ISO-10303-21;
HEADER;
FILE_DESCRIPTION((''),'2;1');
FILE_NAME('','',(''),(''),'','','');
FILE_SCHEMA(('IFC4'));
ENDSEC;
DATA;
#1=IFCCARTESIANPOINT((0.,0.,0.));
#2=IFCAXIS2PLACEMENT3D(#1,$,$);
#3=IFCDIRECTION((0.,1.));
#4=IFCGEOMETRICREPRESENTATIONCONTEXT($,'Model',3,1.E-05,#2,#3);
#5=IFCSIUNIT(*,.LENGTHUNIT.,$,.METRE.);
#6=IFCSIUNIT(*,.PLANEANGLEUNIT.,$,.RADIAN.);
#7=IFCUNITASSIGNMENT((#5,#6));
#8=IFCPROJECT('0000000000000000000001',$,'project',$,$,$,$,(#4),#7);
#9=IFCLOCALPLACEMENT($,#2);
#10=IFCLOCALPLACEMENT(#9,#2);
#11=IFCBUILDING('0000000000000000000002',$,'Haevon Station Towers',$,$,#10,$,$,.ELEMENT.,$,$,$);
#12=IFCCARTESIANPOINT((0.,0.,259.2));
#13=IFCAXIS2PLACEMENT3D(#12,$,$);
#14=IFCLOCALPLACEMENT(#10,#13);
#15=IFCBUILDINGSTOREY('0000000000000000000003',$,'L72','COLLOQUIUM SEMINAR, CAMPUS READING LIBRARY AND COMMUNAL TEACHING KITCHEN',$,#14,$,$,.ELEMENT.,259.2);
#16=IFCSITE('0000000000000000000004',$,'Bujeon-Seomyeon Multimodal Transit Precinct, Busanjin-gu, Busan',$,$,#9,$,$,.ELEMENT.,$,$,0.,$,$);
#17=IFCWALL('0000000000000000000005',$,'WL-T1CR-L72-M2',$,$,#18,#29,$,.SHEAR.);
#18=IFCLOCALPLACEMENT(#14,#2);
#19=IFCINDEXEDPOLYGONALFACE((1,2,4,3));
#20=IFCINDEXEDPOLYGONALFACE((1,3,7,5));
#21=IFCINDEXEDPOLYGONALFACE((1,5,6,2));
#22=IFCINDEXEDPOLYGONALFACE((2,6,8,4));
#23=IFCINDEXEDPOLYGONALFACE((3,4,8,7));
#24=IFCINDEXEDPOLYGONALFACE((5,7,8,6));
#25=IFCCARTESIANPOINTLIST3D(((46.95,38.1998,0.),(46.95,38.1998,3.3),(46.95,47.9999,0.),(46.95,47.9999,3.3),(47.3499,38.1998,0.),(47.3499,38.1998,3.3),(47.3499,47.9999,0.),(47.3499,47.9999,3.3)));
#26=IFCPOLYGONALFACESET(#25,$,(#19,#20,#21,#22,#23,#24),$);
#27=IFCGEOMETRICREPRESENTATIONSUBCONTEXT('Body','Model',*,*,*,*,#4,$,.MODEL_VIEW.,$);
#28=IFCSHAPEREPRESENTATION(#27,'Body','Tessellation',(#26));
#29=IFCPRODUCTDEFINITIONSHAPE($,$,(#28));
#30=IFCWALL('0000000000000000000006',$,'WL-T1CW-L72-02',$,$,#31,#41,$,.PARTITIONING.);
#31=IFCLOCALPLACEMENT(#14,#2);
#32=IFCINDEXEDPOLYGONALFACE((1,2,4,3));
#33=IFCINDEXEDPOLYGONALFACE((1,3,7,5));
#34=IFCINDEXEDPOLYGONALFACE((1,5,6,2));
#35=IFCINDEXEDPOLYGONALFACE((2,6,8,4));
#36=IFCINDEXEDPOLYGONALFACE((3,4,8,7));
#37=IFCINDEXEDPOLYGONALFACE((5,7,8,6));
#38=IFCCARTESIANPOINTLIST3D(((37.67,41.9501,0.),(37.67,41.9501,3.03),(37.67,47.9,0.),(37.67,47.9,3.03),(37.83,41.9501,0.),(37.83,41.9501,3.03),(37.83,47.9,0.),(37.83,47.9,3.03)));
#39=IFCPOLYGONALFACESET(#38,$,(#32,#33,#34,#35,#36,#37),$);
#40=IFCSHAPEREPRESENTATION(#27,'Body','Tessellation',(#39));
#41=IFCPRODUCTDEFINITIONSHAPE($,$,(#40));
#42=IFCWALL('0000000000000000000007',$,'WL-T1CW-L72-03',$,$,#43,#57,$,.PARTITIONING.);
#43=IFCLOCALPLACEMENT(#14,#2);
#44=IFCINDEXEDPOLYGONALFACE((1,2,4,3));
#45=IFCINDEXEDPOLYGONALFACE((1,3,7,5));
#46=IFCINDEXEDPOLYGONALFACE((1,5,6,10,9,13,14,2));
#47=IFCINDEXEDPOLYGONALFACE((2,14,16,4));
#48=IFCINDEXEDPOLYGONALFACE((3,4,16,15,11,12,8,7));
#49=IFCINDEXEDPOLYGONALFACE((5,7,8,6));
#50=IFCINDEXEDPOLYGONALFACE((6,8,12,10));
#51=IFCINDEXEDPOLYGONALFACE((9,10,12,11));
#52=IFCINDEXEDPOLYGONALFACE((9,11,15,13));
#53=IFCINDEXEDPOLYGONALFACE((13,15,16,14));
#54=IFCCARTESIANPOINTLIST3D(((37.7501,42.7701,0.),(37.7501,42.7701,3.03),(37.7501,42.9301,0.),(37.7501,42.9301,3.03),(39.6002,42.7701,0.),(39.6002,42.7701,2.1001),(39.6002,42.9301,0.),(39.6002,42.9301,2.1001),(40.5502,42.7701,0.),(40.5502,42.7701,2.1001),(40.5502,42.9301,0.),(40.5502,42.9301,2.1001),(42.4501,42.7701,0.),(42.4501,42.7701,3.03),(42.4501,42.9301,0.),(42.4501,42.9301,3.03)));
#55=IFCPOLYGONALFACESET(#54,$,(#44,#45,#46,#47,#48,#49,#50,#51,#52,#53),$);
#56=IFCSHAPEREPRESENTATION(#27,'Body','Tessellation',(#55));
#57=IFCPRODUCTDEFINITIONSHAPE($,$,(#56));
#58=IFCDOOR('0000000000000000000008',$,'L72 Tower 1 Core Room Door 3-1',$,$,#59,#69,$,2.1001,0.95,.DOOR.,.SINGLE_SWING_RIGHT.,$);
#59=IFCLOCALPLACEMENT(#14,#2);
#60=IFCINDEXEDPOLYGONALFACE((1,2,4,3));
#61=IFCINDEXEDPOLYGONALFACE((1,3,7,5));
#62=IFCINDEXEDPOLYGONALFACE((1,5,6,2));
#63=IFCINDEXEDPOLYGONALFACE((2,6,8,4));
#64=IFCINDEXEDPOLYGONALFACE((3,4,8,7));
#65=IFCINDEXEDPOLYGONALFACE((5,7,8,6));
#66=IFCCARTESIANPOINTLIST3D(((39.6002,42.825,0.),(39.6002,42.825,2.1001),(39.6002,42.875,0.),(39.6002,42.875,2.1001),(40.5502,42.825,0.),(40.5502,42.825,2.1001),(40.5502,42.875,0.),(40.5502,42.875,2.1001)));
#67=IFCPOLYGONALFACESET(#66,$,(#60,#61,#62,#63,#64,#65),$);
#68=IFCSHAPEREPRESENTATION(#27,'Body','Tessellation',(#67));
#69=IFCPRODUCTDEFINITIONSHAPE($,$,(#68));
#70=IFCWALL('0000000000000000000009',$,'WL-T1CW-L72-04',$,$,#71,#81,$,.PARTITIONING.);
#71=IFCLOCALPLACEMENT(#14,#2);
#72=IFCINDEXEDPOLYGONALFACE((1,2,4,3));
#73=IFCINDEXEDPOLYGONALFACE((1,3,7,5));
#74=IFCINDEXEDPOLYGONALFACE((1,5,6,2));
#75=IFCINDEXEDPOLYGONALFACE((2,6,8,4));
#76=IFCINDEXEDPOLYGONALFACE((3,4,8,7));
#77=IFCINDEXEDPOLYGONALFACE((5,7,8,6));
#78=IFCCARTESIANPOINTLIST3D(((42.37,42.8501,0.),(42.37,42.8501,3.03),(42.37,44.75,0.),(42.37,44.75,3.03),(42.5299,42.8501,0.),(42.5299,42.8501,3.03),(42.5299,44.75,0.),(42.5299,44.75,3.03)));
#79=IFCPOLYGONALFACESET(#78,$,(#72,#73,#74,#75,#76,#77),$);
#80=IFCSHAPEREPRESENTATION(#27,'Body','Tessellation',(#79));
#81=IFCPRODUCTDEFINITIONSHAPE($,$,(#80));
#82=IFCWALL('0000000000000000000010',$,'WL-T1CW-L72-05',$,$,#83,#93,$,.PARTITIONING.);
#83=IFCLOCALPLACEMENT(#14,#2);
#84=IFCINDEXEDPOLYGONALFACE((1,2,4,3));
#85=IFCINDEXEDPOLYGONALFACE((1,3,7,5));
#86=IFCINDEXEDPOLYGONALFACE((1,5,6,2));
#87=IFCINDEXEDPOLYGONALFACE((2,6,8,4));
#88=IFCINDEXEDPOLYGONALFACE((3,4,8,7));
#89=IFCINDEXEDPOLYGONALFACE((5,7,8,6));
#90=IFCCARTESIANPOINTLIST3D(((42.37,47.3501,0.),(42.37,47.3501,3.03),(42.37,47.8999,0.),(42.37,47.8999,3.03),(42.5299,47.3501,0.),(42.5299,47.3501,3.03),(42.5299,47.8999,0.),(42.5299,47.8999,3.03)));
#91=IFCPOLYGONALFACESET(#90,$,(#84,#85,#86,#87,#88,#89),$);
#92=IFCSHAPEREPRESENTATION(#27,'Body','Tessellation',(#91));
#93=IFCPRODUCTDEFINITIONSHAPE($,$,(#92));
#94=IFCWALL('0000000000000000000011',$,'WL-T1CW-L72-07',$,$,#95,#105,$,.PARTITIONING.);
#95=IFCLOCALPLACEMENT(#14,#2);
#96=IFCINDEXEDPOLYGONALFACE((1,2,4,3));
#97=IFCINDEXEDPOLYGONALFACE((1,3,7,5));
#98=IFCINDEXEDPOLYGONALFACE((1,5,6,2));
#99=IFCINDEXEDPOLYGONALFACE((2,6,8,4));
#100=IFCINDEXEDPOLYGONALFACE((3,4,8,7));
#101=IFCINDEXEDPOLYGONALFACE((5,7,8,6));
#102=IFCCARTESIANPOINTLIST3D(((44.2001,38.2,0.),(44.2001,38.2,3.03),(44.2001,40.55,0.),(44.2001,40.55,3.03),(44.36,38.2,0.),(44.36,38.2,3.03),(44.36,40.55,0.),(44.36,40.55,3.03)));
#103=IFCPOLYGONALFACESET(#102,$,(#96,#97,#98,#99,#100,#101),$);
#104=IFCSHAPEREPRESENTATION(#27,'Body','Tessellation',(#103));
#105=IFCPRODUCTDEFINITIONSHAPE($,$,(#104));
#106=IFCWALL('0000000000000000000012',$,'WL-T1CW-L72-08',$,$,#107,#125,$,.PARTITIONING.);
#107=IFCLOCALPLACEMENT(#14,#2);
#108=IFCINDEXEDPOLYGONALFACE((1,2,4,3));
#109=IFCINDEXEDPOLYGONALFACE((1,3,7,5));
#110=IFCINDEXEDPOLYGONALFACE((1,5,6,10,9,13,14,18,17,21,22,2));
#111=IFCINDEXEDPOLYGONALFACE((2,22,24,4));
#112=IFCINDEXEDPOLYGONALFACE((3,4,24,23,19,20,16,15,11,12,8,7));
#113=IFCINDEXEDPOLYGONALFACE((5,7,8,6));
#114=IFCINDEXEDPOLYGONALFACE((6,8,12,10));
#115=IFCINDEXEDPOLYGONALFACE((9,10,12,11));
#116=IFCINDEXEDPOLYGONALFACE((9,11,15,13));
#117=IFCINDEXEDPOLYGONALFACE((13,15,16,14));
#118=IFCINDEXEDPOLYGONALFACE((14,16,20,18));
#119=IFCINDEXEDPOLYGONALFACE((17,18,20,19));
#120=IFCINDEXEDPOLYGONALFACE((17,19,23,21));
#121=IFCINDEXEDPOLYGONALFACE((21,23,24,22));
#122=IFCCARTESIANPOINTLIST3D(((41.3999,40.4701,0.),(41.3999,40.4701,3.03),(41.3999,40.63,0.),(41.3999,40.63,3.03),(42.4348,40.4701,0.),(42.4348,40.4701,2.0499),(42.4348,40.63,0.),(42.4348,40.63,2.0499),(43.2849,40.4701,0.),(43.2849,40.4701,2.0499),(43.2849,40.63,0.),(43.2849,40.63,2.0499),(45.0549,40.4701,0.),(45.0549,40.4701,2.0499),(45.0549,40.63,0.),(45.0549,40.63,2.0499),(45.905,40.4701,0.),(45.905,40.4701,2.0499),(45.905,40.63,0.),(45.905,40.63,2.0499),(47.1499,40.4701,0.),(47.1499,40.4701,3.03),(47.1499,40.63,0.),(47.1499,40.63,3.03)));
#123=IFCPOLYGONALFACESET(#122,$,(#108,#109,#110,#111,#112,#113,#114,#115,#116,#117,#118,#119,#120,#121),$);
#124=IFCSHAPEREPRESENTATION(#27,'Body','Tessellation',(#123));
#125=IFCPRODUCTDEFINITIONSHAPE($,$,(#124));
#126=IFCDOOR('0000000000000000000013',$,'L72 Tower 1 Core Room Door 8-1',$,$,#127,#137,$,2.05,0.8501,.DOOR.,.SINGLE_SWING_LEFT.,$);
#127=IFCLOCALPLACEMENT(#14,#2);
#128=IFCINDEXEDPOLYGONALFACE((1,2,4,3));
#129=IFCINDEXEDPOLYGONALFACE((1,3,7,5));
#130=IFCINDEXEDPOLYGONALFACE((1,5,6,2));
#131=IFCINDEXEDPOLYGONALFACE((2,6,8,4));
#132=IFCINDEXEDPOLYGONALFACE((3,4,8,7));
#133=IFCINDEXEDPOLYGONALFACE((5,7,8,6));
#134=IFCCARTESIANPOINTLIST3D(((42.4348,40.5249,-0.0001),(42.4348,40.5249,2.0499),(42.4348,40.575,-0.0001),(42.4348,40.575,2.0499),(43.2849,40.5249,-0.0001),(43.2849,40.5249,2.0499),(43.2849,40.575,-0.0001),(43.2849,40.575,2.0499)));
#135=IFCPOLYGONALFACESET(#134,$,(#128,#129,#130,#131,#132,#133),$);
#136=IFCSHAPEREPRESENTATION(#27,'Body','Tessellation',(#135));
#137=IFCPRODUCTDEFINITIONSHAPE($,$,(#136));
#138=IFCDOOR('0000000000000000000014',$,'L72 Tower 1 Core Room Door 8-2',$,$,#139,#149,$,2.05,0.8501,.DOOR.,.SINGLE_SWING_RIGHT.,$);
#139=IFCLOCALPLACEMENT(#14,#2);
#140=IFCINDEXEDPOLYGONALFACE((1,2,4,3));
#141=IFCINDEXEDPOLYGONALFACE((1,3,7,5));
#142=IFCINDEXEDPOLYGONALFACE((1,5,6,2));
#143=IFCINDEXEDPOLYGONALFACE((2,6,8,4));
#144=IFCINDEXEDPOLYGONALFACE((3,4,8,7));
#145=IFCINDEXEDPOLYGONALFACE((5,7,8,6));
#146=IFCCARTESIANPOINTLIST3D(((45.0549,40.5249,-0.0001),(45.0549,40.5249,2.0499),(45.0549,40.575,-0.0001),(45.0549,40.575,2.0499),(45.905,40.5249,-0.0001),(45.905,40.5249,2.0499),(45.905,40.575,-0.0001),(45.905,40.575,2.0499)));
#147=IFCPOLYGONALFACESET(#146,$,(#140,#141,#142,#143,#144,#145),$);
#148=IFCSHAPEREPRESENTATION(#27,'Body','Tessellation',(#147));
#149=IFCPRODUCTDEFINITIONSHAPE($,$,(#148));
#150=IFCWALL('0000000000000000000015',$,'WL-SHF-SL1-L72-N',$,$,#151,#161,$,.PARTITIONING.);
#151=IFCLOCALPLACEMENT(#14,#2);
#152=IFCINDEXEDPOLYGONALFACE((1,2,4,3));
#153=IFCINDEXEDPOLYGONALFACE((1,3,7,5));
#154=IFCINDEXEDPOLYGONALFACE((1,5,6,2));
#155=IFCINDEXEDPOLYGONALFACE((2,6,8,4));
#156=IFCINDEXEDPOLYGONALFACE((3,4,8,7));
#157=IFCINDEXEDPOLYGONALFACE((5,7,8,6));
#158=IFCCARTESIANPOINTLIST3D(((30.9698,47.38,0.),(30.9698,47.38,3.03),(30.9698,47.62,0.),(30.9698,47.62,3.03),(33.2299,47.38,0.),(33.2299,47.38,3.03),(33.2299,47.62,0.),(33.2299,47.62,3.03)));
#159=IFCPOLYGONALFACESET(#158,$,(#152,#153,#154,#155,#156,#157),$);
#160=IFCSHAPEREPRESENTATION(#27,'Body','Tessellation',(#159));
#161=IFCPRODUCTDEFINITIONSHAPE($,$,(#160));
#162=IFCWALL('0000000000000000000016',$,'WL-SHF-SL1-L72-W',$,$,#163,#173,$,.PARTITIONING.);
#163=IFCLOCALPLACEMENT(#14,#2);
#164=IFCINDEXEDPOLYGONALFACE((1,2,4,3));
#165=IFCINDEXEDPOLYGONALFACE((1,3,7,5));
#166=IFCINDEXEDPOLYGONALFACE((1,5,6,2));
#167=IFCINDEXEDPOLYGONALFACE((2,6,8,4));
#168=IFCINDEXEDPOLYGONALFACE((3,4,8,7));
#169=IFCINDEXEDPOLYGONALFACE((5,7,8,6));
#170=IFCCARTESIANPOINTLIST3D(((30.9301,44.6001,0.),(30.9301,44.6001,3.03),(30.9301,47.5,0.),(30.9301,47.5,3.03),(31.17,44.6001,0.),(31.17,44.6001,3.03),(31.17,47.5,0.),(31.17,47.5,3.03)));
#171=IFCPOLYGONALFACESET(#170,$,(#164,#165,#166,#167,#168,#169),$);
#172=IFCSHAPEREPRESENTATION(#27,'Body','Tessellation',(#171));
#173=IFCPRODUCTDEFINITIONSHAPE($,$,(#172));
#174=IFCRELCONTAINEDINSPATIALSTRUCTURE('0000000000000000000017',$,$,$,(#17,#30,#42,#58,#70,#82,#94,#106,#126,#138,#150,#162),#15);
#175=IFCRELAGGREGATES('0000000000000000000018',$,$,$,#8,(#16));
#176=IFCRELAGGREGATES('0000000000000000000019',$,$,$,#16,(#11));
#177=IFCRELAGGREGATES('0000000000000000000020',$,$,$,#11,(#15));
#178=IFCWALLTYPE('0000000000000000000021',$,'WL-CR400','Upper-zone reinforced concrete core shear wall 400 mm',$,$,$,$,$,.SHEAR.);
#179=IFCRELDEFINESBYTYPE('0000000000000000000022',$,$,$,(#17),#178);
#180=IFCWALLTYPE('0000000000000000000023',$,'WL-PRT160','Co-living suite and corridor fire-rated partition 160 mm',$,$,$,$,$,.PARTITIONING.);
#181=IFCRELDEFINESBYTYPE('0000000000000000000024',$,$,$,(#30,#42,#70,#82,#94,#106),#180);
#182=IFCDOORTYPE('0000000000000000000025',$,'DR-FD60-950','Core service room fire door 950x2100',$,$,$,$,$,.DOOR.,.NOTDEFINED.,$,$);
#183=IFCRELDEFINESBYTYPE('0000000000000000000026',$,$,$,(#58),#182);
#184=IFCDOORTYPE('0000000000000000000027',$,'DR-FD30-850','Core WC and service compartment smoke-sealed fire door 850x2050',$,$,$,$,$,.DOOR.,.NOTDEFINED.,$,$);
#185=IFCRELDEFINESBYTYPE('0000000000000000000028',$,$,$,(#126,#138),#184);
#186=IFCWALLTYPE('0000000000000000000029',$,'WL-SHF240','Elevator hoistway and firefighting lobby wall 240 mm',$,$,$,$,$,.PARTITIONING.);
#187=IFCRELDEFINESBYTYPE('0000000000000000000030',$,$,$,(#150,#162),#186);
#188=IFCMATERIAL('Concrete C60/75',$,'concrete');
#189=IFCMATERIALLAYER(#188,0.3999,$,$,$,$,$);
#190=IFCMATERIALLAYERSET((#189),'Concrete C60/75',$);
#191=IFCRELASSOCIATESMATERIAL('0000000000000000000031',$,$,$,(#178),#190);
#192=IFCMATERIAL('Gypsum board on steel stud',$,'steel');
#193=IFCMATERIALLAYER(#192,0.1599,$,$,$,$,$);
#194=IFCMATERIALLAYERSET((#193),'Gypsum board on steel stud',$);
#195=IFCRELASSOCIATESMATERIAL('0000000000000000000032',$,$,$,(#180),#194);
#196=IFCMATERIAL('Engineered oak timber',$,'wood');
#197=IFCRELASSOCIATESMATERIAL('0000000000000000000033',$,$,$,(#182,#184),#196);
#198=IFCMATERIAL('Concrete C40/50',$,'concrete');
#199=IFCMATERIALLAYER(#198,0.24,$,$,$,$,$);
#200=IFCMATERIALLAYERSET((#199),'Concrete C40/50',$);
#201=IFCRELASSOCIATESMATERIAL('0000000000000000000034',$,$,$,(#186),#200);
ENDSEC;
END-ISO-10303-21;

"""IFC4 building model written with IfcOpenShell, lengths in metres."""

from ifc_helpers import new_model, si_unit, direction, frame, frame_2d, origin, place, context, subcontext, project, spatial, rectangle, extrude, material, layer, layer_set, type_object, element, fill, save


model = new_model("IFC4")

# Units and contexts
model_context = context("Model", 3, precision=1e-05, world=origin(), true_north=direction((0.0, 1.0)))
body_context = subcontext(model_context, "Body", "Model", "MODEL_VIEW")
ifc_project = project(units=[si_unit("LENGTHUNIT", "METRE"), si_unit("PLANEANGLEUNIT", "RADIAN")], contexts=[model_context])

# Site, building, storey
site_placement = place(None, origin())
site = spatial("IfcSite", under=ifc_project, at=site_placement, Name="Bujeon-Seomyeon Multimodal Transit Precinct, Busanjin-gu, Busan", CompositionType="ELEMENT", RefElevation=0.0)
building_placement = place(site_placement, origin())
building = spatial("IfcBuilding", under=site, at=building_placement, Name="Haevon Station Towers", CompositionType="ELEMENT")
storey_placement = place(building_placement, frame((0.0, 0.0, 259.2)))
storey = spatial("IfcBuildingStorey", under=building, at=storey_placement, Name="L72", Description="COLLOQUIUM SEMINAR, CAMPUS READING LIBRARY AND COMMUNAL TEACHING KITCHEN", CompositionType="ELEMENT", Elevation=259.2)

# Shared definitions
ifc_material_1 = material(Name="Gypsum board on steel stud", Category="steel")
ifc_material_2 = material(Name="Engineered oak timber", Category="wood")

# Walls
ifc_material_3 = material(Name="Concrete C60/75", Category="concrete")
ifc_layer_1 = layer(ifc_material_3, 0.3999)
ifc_layer_set_1 = layer_set([ifc_layer_1], Name="Concrete C60/75")
wall_type_1 = type_object("IfcWallType", Name="WL-CR400", Description="Upper-zone reinforced concrete core shear wall 400 mm", PredefinedType="SHEAR", material=ifc_layer_set_1)
wall_1_placement = place(storey_placement, frame((47.1499, 38.2, 0.0), z_axis=(0.0, 0.0, 1.0), x_axis=(0.0, 1.0, 0.0)))
element("IfcWall", 1, at=wall_1_placement, inside=storey, type_object=wall_type_1, Name="WL-T1CR-L72-M2", PredefinedType="SHEAR", context=body_context, shape_type="SweptSolid", body=[
    extrude(rectangle(XDim=9.8, YDim=0.3999, at=frame_2d((4.8999, 0.0))), origin(), (0.0, 0.0, 1.0), 3.3),
])
ifc_layer_2 = layer(ifc_material_1, 0.1599)
ifc_layer_set_2 = layer_set([ifc_layer_2], Name="Gypsum board on steel stud")
wall_type_2 = type_object("IfcWallType", Name="WL-PRT160", Description="Co-living suite and corridor fire-rated partition 160 mm", PredefinedType="PARTITIONING", material=ifc_layer_set_2)
wall_2_placement = place(storey_placement, frame((37.75, 41.95, 0.0), z_axis=(0.0, 0.0, 1.0), x_axis=(0.0, 1.0, 0.0)))
element("IfcWall", 2, at=wall_2_placement, inside=storey, type_object=wall_type_2, Name="WL-T1CW-L72-02", PredefinedType="PARTITIONING", context=body_context, shape_type="SweptSolid", body=[
    extrude(rectangle(XDim=5.95, YDim=0.1599, at=frame_2d((2.9751, 0.0))), origin(), (0.0, 0.0, 1.0), 3.03),
])

# Wall, opening, door
wall_3_placement = place(storey_placement, frame((37.75, 42.8501, 0.0), z_axis=(0.0, 0.0, 1.0), x_axis=(1.0, 0.0, 0.0)))
wall_3 = element("IfcWall", 3, at=wall_3_placement, inside=storey, type_object=wall_type_2, Name="WL-T1CW-L72-03", PredefinedType="PARTITIONING", context=body_context, shape_type="SweptSolid", body=[
    extrude(rectangle(XDim=4.7, YDim=0.1599, at=frame_2d((2.3501, 0.0))), origin(), (0.0, 0.0, 1.0), 3.03),
])
opening_1_placement = place(wall_3_placement, frame((1.8501, 0.0, 0.0)))
opening_1 = element("IfcOpeningElement", 4, at=opening_1_placement, cuts=wall_3, PredefinedType="OPENING", context=body_context, shape_type="SweptSolid", body=[
    extrude(rectangle(XDim=0.95, YDim=2.1001, at=frame_2d((0.4751, 1.05))), frame((0.0, 0.0898, 0.0), z_axis=(0.0, -1.0, 0.0), x_axis=(1.0, 0.0, 0.0)), (0.0, 0.0, 1.0), 0.1799),
])
door_type_1 = type_object("IfcDoorType", Name="DR-FD60-950", Description="Core service room fire door 950x2100", OperationType="NOTDEFINED", PredefinedType="DOOR", material=ifc_material_2)
door_1_placement = place(opening_1_placement, origin())
door_1 = element("IfcDoor", 5, at=door_1_placement, inside=storey, type_object=door_type_1, Name="L72 Tower 1 Core Room Door 3-1", OperationType="SINGLE_SWING_RIGHT", OverallHeight=2.1001, OverallWidth=0.95, PredefinedType="DOOR", context=body_context, shape_type="SweptSolid", body=[
    extrude(rectangle(XDim=0.95, YDim=2.1001, at=frame_2d((0.4751, 1.05))), frame((0.0, 0.0249, 0.0), z_axis=(0.0, -1.0, 0.0), x_axis=(1.0, 0.0, 0.0)), (0.0, 0.0, 1.0), 0.05),
])
fill(opening_1, door_1)

# Walls
wall_4_placement = place(storey_placement, frame((42.45, 42.8501, 0.0), z_axis=(0.0, 0.0, 1.0), x_axis=(0.0, 1.0, 0.0)))
element("IfcWall", 6, at=wall_4_placement, inside=storey, type_object=wall_type_2, Name="WL-T1CW-L72-04", PredefinedType="PARTITIONING", context=body_context, shape_type="SweptSolid", body=[
    extrude(rectangle(XDim=1.8999, YDim=0.1599, at=frame_2d((0.95, 0.0))), origin(), (0.0, 0.0, 1.0), 3.03),
])
wall_5_placement = place(storey_placement, frame((42.45, 47.3501, 0.0), z_axis=(0.0, 0.0, 1.0), x_axis=(0.0, 1.0, 0.0)))
element("IfcWall", 7, at=wall_5_placement, inside=storey, type_object=wall_type_2, Name="WL-T1CW-L72-05", PredefinedType="PARTITIONING", context=body_context, shape_type="SweptSolid", body=[
    extrude(rectangle(XDim=0.5498, YDim=0.1599, at=frame_2d((0.2749, 0.0))), origin(), (0.0, 0.0, 1.0), 3.03),
])
wall_6_placement = place(storey_placement, frame((44.28, 38.2, 0.0), z_axis=(0.0, 0.0, 1.0), x_axis=(0.0, 1.0, 0.0)))
element("IfcWall", 8, at=wall_6_placement, inside=storey, type_object=wall_type_2, Name="WL-T1CW-L72-07", PredefinedType="PARTITIONING", context=body_context, shape_type="SweptSolid", body=[
    extrude(rectangle(XDim=2.3501, YDim=0.1599, at=frame_2d((1.175, 0.0))), origin(), (0.0, 0.0, 1.0), 3.03),
])

# Wall, openings, doors
wall_7_placement = place(storey_placement, frame((41.3999, 40.55, 0.0), z_axis=(0.0, 0.0, 1.0), x_axis=(1.0, 0.0, 0.0)))
wall_7 = element("IfcWall", 9, at=wall_7_placement, inside=storey, type_object=wall_type_2, Name="WL-T1CW-L72-08", PredefinedType="PARTITIONING", context=body_context, shape_type="SweptSolid", body=[
    extrude(rectangle(XDim=5.75, YDim=0.1599, at=frame_2d((2.875, 0.0))), origin(), (0.0, 0.0, 1.0), 3.03),
])
opening_2_placement = place(wall_7_placement, frame((1.0349, 0.0, 0.0)))
opening_2 = element("IfcOpeningElement", 10, at=opening_2_placement, cuts=wall_7, PredefinedType="OPENING", context=body_context, shape_type="SweptSolid", body=[
    extrude(rectangle(XDim=0.8501, YDim=2.05, at=frame_2d((0.425, 1.0249))), frame((0.0, 0.0898, 0.0), z_axis=(0.0, -1.0, 0.0), x_axis=(1.0, 0.0, 0.0)), (0.0, 0.0, 1.0), 0.1799),
])
opening_3_placement = place(wall_7_placement, frame((3.655, 0.0, 0.0)))
opening_3 = element("IfcOpeningElement", 11, at=opening_3_placement, cuts=wall_7, PredefinedType="OPENING", context=body_context, shape_type="SweptSolid", body=[
    extrude(rectangle(XDim=0.8501, YDim=2.05, at=frame_2d((0.425, 1.0249))), frame((0.0, 0.0898, 0.0), z_axis=(0.0, -1.0, 0.0), x_axis=(1.0, 0.0, 0.0)), (0.0, 0.0, 1.0), 0.1799),
])
door_type_2 = type_object("IfcDoorType", Name="DR-FD30-850", Description="Core WC and service compartment smoke-sealed fire door 850x2050", OperationType="NOTDEFINED", PredefinedType="DOOR", material=ifc_material_2)
door_2_placement = place(opening_2_placement, origin())
door_2 = element("IfcDoor", 12, at=door_2_placement, inside=storey, type_object=door_type_2, Name="L72 Tower 1 Core Room Door 8-1", OperationType="SINGLE_SWING_LEFT", OverallHeight=2.05, OverallWidth=0.8501, PredefinedType="DOOR", context=body_context, shape_type="SweptSolid", body=[
    extrude(rectangle(XDim=0.8501, YDim=2.05, at=frame_2d((0.425, 1.0249))), frame((0.0, 0.0249, 0.0), z_axis=(0.0, -1.0, 0.0), x_axis=(1.0, 0.0, 0.0)), (0.0, 0.0, 1.0), 0.05),
])
fill(opening_2, door_2)
door_3_placement = place(opening_3_placement, origin())
door_3 = element("IfcDoor", 13, at=door_3_placement, inside=storey, type_object=door_type_2, Name="L72 Tower 1 Core Room Door 8-2", OperationType="SINGLE_SWING_RIGHT", OverallHeight=2.05, OverallWidth=0.8501, PredefinedType="DOOR", context=body_context, shape_type="SweptSolid", body=[
    extrude(rectangle(XDim=0.8501, YDim=2.05, at=frame_2d((0.425, 1.0249))), frame((0.0, 0.0249, 0.0), z_axis=(0.0, -1.0, 0.0), x_axis=(1.0, 0.0, 0.0)), (0.0, 0.0, 1.0), 0.05),
])
fill(opening_3, door_3)

# Walls
ifc_material_4 = material(Name="Concrete C40/50", Category="concrete")
ifc_layer_3 = layer(ifc_material_4, 0.24)
ifc_layer_set_3 = layer_set([ifc_layer_3], Name="Concrete C40/50")
wall_type_3 = type_object("IfcWallType", Name="WL-SHF240", Description="Elevator hoistway and firefighting lobby wall 240 mm", PredefinedType="PARTITIONING", material=ifc_layer_set_3)
wall_8_placement = place(storey_placement, frame((30.97, 47.5, 0.0), z_axis=(0.0, 0.0, 1.0), x_axis=(1.0, 0.0, 0.0)))
element("IfcWall", 14, at=wall_8_placement, inside=storey, type_object=wall_type_3, Name="WL-SHF-SL1-L72-N", PredefinedType="PARTITIONING", context=body_context, shape_type="SweptSolid", body=[
    extrude(rectangle(XDim=2.26, YDim=0.24, at=frame_2d((1.1299, 0.0))), origin(), (0.0, 0.0, 1.0), 3.03),
])
for number, where, z_axis, x_axis, name in (
    (15, (31.05, 44.6001, 0.0), (0.0, 0.0, 1.0), (0.0, 1.0, 0.0), "WL-SHF-SL1-L72-W"),
):
    element("IfcWall", number, at=place(storey_placement, frame(where, z_axis=z_axis, x_axis=x_axis)), inside=storey, type_object=wall_type_3, Name=name, PredefinedType="PARTITIONING", context=body_context, shape_type="SweptSolid", body=[
        extrude(rectangle(XDim=2.8999, YDim=0.24, at=frame_2d((1.45, 0.0))), origin(), (0.0, 0.0, 1.0), 3.03),
    ])

save(model, "model.ifc")
